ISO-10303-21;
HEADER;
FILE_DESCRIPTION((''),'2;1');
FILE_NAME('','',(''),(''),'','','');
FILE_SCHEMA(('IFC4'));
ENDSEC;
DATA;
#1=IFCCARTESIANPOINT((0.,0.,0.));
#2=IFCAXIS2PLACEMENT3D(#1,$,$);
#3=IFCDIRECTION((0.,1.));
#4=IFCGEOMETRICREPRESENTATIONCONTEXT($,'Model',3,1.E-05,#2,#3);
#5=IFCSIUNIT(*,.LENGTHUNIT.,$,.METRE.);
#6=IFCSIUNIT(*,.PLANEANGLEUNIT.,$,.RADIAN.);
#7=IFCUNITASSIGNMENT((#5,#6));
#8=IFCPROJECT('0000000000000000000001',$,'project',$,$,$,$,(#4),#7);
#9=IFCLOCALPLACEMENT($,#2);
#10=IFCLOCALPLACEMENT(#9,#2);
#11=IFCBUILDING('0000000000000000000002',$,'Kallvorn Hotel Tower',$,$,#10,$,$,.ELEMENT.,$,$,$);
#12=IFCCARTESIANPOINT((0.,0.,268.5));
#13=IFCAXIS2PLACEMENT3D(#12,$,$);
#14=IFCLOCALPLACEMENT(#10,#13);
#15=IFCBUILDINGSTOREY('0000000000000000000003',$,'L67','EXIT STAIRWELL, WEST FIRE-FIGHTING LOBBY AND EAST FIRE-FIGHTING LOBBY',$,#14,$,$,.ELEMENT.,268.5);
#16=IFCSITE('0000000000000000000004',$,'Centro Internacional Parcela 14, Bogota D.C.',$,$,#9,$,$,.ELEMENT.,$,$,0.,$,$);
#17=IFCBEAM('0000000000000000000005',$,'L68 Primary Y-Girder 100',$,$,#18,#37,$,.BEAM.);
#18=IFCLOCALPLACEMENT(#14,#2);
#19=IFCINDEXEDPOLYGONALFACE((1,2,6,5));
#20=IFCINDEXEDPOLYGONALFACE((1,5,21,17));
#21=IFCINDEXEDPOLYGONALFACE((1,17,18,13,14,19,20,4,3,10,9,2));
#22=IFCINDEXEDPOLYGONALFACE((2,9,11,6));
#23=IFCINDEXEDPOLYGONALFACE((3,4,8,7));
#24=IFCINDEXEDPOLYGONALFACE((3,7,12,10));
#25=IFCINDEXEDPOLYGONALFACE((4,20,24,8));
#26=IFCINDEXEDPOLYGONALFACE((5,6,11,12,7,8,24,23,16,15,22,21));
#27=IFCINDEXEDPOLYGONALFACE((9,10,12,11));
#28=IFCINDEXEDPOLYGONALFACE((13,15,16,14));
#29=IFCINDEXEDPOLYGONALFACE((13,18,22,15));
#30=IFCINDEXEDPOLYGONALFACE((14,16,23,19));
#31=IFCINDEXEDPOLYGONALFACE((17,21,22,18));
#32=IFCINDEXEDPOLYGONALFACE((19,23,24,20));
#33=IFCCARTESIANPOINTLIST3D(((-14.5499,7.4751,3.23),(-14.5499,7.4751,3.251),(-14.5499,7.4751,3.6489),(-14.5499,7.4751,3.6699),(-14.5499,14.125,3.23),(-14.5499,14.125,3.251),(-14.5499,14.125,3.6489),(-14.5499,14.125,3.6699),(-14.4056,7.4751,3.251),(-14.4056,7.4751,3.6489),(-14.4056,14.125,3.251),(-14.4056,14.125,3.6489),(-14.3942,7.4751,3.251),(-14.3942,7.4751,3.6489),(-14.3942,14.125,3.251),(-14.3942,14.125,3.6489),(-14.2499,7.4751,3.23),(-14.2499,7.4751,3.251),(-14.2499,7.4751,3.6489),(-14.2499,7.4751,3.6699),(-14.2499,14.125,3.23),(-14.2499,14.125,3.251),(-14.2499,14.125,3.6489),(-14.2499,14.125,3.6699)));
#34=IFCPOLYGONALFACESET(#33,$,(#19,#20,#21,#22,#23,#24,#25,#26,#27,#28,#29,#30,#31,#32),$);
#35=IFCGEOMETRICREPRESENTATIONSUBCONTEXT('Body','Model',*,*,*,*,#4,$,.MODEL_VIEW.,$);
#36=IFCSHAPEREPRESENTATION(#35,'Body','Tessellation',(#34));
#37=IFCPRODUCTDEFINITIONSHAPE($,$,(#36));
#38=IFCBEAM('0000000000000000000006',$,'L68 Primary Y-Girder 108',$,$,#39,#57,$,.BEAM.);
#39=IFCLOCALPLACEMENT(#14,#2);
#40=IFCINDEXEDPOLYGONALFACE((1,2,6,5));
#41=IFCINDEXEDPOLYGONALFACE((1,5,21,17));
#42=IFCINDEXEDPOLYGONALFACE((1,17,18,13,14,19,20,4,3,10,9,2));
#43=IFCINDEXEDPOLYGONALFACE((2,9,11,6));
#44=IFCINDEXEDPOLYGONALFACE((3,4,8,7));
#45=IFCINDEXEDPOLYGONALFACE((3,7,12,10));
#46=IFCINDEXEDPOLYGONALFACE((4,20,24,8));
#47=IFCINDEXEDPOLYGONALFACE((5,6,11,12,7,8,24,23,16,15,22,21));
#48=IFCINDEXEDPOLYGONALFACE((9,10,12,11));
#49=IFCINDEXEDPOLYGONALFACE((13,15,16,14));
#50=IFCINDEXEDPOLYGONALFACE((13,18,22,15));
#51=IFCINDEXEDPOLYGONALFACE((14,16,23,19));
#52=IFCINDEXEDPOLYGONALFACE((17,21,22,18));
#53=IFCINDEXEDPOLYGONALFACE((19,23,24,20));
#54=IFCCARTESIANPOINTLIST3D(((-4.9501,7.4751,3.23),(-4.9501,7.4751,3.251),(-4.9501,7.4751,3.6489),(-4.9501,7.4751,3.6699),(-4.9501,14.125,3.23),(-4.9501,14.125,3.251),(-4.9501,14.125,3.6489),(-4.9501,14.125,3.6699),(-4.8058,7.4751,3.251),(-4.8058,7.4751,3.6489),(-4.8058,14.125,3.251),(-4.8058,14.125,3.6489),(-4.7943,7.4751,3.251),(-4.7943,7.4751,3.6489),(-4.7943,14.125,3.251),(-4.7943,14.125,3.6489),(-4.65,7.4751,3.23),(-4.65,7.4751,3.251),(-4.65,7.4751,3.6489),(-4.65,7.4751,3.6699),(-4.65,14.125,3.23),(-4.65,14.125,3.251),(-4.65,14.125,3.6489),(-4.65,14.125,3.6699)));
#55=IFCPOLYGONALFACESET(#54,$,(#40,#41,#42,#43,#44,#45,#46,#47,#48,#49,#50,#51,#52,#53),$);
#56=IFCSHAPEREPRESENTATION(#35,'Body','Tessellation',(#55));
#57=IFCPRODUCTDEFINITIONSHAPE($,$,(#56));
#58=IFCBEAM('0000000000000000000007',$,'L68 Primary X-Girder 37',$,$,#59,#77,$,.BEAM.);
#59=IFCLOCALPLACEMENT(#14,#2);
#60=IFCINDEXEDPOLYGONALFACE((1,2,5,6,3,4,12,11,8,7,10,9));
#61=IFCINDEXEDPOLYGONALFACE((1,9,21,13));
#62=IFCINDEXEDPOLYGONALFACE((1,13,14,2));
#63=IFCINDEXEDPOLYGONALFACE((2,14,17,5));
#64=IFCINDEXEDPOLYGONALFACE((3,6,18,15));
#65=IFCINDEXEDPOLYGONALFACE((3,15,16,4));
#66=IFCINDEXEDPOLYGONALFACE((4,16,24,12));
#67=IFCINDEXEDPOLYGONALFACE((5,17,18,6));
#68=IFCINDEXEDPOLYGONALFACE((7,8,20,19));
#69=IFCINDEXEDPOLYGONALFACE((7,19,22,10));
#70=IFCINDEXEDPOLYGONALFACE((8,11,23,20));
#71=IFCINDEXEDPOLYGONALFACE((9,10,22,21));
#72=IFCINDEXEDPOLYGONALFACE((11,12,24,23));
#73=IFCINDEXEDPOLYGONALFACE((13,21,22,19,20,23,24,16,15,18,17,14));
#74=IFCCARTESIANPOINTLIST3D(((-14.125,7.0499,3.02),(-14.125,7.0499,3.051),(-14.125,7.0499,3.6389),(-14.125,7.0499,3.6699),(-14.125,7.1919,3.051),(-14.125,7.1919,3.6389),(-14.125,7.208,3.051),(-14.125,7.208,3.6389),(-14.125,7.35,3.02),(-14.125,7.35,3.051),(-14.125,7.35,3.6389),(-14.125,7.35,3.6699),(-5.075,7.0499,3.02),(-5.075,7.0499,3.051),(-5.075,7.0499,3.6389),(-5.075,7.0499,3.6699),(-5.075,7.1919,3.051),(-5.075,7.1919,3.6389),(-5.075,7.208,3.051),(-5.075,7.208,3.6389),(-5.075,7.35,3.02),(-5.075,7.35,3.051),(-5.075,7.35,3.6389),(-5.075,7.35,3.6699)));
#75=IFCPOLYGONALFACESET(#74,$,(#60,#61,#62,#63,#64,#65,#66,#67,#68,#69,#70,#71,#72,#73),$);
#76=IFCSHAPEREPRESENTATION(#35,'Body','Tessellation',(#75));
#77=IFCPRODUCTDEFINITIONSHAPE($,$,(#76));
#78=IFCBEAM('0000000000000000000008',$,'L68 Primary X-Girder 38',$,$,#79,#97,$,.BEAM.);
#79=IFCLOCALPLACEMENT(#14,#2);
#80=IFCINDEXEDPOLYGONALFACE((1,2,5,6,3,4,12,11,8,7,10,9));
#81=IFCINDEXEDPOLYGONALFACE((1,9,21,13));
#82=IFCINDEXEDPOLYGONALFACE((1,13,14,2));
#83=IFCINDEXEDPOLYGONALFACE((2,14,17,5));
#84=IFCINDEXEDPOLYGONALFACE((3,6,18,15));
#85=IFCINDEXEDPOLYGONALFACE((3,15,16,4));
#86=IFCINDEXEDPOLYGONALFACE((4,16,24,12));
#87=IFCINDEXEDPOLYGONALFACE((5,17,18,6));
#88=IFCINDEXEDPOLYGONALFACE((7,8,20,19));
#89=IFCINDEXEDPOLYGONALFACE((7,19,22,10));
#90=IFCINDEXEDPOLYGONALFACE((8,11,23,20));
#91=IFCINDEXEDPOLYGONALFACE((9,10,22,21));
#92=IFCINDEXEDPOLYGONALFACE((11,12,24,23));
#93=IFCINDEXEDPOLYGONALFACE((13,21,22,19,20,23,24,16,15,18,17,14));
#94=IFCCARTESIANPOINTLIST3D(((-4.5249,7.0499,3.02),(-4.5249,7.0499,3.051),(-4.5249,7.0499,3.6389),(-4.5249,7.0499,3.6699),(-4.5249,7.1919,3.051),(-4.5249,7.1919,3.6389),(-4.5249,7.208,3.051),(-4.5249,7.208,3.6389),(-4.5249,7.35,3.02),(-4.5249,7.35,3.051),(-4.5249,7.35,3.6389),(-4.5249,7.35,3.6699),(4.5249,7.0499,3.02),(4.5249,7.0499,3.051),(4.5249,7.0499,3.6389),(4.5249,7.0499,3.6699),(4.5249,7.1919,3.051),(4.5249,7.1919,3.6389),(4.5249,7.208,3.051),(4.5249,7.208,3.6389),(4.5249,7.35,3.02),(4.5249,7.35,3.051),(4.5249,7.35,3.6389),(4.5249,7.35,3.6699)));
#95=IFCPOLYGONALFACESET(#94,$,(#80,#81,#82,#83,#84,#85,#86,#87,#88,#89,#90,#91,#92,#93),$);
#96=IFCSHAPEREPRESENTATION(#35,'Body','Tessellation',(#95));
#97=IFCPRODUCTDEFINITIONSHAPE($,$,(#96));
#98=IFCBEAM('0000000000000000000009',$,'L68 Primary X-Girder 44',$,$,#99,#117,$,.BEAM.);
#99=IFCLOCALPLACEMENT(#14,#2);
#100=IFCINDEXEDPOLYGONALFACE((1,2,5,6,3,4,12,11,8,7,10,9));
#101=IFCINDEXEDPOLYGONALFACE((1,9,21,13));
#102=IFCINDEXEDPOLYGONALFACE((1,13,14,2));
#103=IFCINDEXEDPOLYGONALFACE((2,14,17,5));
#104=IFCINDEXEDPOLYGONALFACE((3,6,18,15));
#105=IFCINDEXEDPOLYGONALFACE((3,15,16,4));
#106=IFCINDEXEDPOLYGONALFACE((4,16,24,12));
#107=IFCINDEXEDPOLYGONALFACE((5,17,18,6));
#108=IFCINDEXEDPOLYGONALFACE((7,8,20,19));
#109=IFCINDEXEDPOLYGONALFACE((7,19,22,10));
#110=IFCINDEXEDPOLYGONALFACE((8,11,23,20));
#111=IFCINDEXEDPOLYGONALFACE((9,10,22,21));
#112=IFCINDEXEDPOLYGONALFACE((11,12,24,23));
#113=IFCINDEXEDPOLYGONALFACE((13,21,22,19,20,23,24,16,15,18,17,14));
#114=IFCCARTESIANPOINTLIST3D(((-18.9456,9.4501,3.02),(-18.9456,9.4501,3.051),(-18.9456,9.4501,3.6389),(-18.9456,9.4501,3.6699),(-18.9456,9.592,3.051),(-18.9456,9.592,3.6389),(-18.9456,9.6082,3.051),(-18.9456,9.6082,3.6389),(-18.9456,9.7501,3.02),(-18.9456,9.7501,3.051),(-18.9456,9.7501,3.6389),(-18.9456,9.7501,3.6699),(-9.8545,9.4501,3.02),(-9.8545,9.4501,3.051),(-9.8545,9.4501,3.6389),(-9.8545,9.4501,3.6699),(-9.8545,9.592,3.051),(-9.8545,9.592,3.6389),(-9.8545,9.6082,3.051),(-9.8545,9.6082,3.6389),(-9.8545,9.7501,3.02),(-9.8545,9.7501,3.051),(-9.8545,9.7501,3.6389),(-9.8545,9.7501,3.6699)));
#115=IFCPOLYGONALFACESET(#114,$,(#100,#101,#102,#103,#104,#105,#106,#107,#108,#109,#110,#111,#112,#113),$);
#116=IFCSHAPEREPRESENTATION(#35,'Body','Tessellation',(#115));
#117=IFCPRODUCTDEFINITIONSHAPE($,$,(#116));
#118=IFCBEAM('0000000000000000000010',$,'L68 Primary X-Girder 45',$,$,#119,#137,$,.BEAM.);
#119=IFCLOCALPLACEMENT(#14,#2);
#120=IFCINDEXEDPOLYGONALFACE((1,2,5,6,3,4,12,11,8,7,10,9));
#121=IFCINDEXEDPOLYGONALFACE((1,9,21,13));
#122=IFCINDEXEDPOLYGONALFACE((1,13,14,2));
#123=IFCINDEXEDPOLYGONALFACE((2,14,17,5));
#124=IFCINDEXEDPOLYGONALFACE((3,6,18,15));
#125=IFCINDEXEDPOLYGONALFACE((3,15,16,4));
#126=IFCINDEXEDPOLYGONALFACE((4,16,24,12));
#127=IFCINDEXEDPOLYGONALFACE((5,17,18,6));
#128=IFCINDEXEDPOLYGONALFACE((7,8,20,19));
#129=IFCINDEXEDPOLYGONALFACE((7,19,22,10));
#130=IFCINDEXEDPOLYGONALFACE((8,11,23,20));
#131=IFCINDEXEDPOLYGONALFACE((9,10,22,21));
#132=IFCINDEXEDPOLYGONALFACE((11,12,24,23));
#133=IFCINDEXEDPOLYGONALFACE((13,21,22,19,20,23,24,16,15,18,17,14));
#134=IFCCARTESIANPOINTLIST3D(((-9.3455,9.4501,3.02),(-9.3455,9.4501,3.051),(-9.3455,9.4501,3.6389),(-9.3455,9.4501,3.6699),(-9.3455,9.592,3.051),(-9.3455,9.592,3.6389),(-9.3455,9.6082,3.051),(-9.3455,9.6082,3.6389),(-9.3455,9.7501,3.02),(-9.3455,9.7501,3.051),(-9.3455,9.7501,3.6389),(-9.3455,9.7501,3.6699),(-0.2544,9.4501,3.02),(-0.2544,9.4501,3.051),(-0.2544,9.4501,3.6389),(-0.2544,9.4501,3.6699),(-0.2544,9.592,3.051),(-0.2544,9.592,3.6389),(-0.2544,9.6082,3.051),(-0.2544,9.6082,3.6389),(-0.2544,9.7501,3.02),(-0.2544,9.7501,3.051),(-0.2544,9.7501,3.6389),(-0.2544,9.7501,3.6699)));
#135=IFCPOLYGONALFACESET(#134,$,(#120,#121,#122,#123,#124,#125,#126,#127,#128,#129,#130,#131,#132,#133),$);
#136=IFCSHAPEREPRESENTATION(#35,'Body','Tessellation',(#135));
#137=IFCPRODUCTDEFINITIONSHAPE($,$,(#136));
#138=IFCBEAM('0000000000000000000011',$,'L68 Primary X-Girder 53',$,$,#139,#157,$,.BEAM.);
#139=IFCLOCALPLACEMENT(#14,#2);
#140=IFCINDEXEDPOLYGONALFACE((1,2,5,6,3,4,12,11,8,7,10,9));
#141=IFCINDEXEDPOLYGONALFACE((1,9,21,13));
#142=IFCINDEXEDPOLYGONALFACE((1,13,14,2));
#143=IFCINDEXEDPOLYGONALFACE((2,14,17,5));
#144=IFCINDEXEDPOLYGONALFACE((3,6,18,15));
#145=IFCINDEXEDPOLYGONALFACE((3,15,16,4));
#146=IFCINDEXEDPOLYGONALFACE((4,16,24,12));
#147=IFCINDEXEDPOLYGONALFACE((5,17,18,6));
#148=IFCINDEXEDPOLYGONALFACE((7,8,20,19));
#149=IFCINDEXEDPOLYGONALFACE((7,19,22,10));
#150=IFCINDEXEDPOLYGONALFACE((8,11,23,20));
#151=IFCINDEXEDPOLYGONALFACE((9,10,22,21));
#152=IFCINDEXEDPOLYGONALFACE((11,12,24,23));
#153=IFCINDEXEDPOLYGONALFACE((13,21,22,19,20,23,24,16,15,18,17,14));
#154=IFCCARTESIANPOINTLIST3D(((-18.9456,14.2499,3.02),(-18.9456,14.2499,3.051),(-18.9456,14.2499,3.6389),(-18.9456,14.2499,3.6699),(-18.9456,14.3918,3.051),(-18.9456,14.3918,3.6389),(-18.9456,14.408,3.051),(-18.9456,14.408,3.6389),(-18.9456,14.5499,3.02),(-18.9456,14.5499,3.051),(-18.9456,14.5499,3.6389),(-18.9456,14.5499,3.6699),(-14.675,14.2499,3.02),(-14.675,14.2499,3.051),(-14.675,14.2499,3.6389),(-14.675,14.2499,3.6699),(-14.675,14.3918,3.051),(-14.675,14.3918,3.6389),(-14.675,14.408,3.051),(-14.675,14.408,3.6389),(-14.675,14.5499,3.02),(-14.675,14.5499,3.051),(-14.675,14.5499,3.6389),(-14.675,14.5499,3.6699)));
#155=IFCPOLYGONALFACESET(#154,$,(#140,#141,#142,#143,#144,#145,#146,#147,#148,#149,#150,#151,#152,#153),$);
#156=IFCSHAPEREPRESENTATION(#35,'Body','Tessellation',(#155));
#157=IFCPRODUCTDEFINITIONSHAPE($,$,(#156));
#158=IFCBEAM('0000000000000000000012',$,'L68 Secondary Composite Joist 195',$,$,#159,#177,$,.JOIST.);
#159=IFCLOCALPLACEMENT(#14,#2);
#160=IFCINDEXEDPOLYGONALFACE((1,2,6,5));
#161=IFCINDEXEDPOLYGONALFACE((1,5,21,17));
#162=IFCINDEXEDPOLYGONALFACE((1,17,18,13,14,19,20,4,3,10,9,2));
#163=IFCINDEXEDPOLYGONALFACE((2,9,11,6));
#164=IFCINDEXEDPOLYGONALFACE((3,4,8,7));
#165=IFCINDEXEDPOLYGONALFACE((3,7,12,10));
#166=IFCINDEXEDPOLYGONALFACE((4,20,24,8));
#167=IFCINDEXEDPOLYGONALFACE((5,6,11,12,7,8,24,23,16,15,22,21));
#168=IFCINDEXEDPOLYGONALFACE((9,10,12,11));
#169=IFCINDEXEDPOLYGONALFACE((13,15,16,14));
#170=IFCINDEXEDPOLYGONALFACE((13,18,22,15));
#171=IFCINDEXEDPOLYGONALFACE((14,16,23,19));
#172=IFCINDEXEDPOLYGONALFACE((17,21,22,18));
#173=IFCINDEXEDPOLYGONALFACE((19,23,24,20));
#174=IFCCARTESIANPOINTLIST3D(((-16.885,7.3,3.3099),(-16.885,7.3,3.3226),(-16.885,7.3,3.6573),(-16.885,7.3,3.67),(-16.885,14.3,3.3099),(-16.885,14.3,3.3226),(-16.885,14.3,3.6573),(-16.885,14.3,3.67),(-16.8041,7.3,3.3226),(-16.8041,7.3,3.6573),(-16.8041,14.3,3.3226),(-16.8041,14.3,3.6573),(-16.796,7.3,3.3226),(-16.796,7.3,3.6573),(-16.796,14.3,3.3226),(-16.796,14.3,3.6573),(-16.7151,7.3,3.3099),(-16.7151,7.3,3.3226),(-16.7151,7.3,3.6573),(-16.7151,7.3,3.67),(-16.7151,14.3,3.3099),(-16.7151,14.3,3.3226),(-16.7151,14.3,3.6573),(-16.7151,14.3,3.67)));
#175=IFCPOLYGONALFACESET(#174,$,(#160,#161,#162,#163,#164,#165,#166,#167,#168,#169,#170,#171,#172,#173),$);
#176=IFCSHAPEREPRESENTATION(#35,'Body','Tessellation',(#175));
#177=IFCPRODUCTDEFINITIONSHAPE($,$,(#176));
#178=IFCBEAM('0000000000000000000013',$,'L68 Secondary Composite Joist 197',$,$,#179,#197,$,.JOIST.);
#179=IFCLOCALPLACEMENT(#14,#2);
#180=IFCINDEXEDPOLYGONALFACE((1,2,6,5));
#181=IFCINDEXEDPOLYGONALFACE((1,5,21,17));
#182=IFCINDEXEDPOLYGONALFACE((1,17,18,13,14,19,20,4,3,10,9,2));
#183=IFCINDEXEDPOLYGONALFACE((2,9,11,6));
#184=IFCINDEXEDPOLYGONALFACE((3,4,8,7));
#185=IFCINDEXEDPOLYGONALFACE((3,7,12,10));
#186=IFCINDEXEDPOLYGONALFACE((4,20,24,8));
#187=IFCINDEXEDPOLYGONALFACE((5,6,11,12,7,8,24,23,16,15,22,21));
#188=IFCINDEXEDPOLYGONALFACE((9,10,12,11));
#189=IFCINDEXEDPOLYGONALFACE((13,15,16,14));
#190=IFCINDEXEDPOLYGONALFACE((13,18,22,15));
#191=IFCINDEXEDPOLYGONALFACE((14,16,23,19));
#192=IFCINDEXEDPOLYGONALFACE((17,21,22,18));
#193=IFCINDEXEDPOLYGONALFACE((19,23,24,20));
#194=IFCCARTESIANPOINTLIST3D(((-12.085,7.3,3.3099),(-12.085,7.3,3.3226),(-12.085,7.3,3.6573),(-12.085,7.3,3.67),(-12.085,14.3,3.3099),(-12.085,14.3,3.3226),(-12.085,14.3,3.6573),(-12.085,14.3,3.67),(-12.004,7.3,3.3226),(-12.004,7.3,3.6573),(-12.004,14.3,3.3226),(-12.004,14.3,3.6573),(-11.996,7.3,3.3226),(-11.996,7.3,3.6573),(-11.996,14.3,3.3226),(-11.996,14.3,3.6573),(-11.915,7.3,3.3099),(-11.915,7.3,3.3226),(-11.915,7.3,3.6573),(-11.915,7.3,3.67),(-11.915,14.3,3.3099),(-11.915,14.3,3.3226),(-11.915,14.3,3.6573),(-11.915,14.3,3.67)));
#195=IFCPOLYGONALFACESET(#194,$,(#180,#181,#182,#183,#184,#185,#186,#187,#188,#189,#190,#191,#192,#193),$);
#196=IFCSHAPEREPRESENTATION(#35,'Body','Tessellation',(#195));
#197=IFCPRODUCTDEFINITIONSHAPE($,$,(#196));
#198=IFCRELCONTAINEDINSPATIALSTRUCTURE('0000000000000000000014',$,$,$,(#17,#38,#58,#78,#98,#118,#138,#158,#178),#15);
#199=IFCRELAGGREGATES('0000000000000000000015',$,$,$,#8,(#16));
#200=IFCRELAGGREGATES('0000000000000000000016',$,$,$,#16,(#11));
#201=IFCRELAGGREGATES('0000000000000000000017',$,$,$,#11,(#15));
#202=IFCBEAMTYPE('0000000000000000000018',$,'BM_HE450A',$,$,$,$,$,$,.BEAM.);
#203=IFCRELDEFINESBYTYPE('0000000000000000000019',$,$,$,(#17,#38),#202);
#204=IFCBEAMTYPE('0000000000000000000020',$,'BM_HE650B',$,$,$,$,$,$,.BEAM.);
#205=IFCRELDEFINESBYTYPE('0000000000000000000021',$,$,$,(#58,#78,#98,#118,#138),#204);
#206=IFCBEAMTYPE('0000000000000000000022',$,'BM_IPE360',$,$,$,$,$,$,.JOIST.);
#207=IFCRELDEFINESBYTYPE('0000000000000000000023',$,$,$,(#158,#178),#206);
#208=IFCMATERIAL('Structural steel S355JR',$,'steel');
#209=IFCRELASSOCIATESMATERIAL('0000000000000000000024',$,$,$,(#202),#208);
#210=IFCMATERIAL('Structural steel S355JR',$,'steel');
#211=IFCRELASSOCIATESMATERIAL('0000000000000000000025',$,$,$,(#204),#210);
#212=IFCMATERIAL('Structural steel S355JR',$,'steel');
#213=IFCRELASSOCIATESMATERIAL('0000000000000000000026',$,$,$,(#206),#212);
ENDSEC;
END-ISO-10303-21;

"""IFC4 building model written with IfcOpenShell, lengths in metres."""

from ifc_helpers import new_model, si_unit, direction, frame, origin, origin_2d, place, context, subcontext, project, spatial, i_section, extrude, material, material_profile, profile_set, type_object, element, save


model = new_model("IFC4")

# Units and contexts
model_context = context("Model", 3, precision=1e-05, world=origin(), true_north=direction((0.0, 1.0)))
body_context = subcontext(model_context, "Body", "Model", "MODEL_VIEW")
ifc_project = project(units=[si_unit("LENGTHUNIT", "METRE"), si_unit("PLANEANGLEUNIT", "RADIAN")], contexts=[model_context])

# Site, building, storey
site_placement = place(None, origin())
site = spatial("IfcSite", under=ifc_project, at=site_placement, Name="Centro Internacional Parcela 14, Bogota D.C.", CompositionType="ELEMENT", RefElevation=0.0)
building_placement = place(site_placement, origin())
building = spatial("IfcBuilding", under=site, at=building_placement, Name="Kallvorn Hotel Tower", CompositionType="ELEMENT")
storey_placement = place(building_placement, frame((0.0, 0.0, 268.5)))
storey = spatial("IfcBuildingStorey", under=building, at=storey_placement, Name="L67", Description="EXIT STAIRWELL, WEST FIRE-FIGHTING LOBBY AND EAST FIRE-FIGHTING LOBBY", CompositionType="ELEMENT", Elevation=268.5)

# Beams
ifc_material_1 = material(Name="Structural steel S355JR", Category="steel")
ifc_material_profile_1 = material_profile(ifc_material_1, i_section(OverallWidth=0.3, OverallDepth=0.4399, WebThickness=0.0115, FlangeThickness=0.021, at=origin_2d()), Name="HE 450 A")
ifc_profile_set_1 = profile_set([ifc_material_profile_1], Name="Structural steel S355JR")
beam_type_1 = type_object("IfcBeamType", Name="BM_HE450A", PredefinedType="BEAM", material=ifc_profile_set_1)
for number, where, z_axis, x_axis, name in (
    (1, (-14.3999, 7.4751, 3.45), (0.0, 1.0, 0.0), (-1.0, 0.0, 0.0), "L68 Primary Y-Girder 100"),
    (2, (-4.8, 7.4751, 3.45), (0.0, 1.0, 0.0), (-1.0, 0.0, 0.0), "L68 Primary Y-Girder 108"),
):
    element("IfcBeam", number, at=place(storey_placement, frame(where, z_axis=z_axis, x_axis=x_axis)), inside=storey, type_object=beam_type_1, Name=name, PredefinedType="BEAM", context=body_context, shape_type="SweptSolid", body=[
        extrude(i_section(OverallWidth=0.3, OverallDepth=0.4399, WebThickness=0.0115, FlangeThickness=0.021, at=origin_2d()), origin(), (0.0, 0.0, 1.0), 6.6499),
    ])
ifc_material_2 = material(Name="Structural steel S355JR", Category="steel")
ifc_material_profile_2 = material_profile(ifc_material_2, i_section(OverallWidth=0.3, OverallDepth=0.6499, WebThickness=0.0161, FlangeThickness=0.031, at=origin_2d()), Name="HE 650 B")
ifc_profile_set_2 = profile_set([ifc_material_profile_2], Name="Structural steel S355JR")
beam_type_2 = type_object("IfcBeamType", Name="BM_HE650B", PredefinedType="BEAM", material=ifc_profile_set_2)
beam_1_placement = place(storey_placement, frame((-14.125, 7.2, 3.345), z_axis=(1.0, 0.0, 0.0), x_axis=(0.0, 1.0, 0.0)))
element("IfcBeam", 3, at=beam_1_placement, inside=storey, type_object=beam_type_2, Name="L68 Primary X-Girder 37", PredefinedType="BEAM", context=body_context, shape_type="SweptSolid", body=[
    extrude(i_section(OverallWidth=0.3, OverallDepth=0.6499, WebThickness=0.0161, FlangeThickness=0.031, at=origin_2d()), origin(), (0.0, 0.0, 1.0), 9.05),
])
beam_2_placement = place(storey_placement, frame((-4.5249, 7.2, 3.345), z_axis=(1.0, 0.0, 0.0), x_axis=(0.0, 1.0, 0.0)))
element("IfcBeam", 4, at=beam_2_placement, inside=storey, type_object=beam_type_2, Name="L68 Primary X-Girder 38", PredefinedType="BEAM", context=body_context, shape_type="SweptSolid", body=[
    extrude(i_section(OverallWidth=0.3, OverallDepth=0.6499, WebThickness=0.0161, FlangeThickness=0.031, at=origin_2d()), origin(), (0.0, 0.0, 1.0), 9.0498),
])
for number, where, z_axis, x_axis, name in (
    (5, (-18.9456, 9.6001, 3.345), (1.0, 0.0, 0.0), (0.0, 1.0, 0.0), "L68 Primary X-Girder 44"),
    (6, (-9.3455, 9.6001, 3.345), (1.0, 0.0, 0.0), (0.0, 1.0, 0.0), "L68 Primary X-Girder 45"),
):
    element("IfcBeam", number, at=place(storey_placement, frame(where, z_axis=z_axis, x_axis=x_axis)), inside=storey, type_object=beam_type_2, Name=name, PredefinedType="BEAM", context=body_context, shape_type="SweptSolid", body=[
        extrude(i_section(OverallWidth=0.3, OverallDepth=0.6499, WebThickness=0.0161, FlangeThickness=0.031, at=origin_2d()), origin(), (0.0, 0.0, 1.0), 9.0911),
    ])
beam_3_placement = place(storey_placement, frame((-18.9456, 14.3999, 3.345), z_axis=(1.0, 0.0, 0.0), x_axis=(0.0, 1.0, 0.0)))
element("IfcBeam", 7, at=beam_3_placement, inside=storey, type_object=beam_type_2, Name="L68 Primary X-Girder 53", PredefinedType="BEAM", context=body_context, shape_type="SweptSolid", body=[
    extrude(i_section(OverallWidth=0.3, OverallDepth=0.6499, WebThickness=0.0161, FlangeThickness=0.031, at=origin_2d()), origin(), (0.0, 0.0, 1.0), 4.2705),
])
ifc_material_3 = material(Name="Structural steel S355JR", Category="steel")
ifc_material_profile_3 = material_profile(ifc_material_3, i_section(OverallWidth=0.1699, OverallDepth=0.3601, WebThickness=0.0081, FlangeThickness=0.0127, at=origin_2d()), Name="IPE 360")
ifc_profile_set_3 = profile_set([ifc_material_profile_3], Name="Structural steel S355JR")
beam_type_3 = type_object("IfcBeamType", Name="BM_IPE360", PredefinedType="JOIST", material=ifc_profile_set_3)
for number, where, z_axis, x_axis, name in (
    (8, (-16.8, 7.3, 3.49), (0.0, 1.0, 0.0), (-1.0, 0.0, 0.0), "L68 Secondary Composite Joist 195"),
    (9, (-12.0, 7.3, 3.49), (0.0, 1.0, 0.0), (-1.0, 0.0, 0.0), "L68 Secondary Composite Joist 197"),
):
    element("IfcBeam", number, at=place(storey_placement, frame(where, z_axis=z_axis, x_axis=x_axis)), inside=storey, type_object=beam_type_3, Name=name, PredefinedType="JOIST", context=body_context, shape_type="SweptSolid", body=[
        extrude(i_section(OverallWidth=0.1699, OverallDepth=0.3601, WebThickness=0.0081, FlangeThickness=0.0127, at=origin_2d()), origin(), (0.0, 0.0, 1.0), 7.0),
    ])

save(model, "model.ifc")
